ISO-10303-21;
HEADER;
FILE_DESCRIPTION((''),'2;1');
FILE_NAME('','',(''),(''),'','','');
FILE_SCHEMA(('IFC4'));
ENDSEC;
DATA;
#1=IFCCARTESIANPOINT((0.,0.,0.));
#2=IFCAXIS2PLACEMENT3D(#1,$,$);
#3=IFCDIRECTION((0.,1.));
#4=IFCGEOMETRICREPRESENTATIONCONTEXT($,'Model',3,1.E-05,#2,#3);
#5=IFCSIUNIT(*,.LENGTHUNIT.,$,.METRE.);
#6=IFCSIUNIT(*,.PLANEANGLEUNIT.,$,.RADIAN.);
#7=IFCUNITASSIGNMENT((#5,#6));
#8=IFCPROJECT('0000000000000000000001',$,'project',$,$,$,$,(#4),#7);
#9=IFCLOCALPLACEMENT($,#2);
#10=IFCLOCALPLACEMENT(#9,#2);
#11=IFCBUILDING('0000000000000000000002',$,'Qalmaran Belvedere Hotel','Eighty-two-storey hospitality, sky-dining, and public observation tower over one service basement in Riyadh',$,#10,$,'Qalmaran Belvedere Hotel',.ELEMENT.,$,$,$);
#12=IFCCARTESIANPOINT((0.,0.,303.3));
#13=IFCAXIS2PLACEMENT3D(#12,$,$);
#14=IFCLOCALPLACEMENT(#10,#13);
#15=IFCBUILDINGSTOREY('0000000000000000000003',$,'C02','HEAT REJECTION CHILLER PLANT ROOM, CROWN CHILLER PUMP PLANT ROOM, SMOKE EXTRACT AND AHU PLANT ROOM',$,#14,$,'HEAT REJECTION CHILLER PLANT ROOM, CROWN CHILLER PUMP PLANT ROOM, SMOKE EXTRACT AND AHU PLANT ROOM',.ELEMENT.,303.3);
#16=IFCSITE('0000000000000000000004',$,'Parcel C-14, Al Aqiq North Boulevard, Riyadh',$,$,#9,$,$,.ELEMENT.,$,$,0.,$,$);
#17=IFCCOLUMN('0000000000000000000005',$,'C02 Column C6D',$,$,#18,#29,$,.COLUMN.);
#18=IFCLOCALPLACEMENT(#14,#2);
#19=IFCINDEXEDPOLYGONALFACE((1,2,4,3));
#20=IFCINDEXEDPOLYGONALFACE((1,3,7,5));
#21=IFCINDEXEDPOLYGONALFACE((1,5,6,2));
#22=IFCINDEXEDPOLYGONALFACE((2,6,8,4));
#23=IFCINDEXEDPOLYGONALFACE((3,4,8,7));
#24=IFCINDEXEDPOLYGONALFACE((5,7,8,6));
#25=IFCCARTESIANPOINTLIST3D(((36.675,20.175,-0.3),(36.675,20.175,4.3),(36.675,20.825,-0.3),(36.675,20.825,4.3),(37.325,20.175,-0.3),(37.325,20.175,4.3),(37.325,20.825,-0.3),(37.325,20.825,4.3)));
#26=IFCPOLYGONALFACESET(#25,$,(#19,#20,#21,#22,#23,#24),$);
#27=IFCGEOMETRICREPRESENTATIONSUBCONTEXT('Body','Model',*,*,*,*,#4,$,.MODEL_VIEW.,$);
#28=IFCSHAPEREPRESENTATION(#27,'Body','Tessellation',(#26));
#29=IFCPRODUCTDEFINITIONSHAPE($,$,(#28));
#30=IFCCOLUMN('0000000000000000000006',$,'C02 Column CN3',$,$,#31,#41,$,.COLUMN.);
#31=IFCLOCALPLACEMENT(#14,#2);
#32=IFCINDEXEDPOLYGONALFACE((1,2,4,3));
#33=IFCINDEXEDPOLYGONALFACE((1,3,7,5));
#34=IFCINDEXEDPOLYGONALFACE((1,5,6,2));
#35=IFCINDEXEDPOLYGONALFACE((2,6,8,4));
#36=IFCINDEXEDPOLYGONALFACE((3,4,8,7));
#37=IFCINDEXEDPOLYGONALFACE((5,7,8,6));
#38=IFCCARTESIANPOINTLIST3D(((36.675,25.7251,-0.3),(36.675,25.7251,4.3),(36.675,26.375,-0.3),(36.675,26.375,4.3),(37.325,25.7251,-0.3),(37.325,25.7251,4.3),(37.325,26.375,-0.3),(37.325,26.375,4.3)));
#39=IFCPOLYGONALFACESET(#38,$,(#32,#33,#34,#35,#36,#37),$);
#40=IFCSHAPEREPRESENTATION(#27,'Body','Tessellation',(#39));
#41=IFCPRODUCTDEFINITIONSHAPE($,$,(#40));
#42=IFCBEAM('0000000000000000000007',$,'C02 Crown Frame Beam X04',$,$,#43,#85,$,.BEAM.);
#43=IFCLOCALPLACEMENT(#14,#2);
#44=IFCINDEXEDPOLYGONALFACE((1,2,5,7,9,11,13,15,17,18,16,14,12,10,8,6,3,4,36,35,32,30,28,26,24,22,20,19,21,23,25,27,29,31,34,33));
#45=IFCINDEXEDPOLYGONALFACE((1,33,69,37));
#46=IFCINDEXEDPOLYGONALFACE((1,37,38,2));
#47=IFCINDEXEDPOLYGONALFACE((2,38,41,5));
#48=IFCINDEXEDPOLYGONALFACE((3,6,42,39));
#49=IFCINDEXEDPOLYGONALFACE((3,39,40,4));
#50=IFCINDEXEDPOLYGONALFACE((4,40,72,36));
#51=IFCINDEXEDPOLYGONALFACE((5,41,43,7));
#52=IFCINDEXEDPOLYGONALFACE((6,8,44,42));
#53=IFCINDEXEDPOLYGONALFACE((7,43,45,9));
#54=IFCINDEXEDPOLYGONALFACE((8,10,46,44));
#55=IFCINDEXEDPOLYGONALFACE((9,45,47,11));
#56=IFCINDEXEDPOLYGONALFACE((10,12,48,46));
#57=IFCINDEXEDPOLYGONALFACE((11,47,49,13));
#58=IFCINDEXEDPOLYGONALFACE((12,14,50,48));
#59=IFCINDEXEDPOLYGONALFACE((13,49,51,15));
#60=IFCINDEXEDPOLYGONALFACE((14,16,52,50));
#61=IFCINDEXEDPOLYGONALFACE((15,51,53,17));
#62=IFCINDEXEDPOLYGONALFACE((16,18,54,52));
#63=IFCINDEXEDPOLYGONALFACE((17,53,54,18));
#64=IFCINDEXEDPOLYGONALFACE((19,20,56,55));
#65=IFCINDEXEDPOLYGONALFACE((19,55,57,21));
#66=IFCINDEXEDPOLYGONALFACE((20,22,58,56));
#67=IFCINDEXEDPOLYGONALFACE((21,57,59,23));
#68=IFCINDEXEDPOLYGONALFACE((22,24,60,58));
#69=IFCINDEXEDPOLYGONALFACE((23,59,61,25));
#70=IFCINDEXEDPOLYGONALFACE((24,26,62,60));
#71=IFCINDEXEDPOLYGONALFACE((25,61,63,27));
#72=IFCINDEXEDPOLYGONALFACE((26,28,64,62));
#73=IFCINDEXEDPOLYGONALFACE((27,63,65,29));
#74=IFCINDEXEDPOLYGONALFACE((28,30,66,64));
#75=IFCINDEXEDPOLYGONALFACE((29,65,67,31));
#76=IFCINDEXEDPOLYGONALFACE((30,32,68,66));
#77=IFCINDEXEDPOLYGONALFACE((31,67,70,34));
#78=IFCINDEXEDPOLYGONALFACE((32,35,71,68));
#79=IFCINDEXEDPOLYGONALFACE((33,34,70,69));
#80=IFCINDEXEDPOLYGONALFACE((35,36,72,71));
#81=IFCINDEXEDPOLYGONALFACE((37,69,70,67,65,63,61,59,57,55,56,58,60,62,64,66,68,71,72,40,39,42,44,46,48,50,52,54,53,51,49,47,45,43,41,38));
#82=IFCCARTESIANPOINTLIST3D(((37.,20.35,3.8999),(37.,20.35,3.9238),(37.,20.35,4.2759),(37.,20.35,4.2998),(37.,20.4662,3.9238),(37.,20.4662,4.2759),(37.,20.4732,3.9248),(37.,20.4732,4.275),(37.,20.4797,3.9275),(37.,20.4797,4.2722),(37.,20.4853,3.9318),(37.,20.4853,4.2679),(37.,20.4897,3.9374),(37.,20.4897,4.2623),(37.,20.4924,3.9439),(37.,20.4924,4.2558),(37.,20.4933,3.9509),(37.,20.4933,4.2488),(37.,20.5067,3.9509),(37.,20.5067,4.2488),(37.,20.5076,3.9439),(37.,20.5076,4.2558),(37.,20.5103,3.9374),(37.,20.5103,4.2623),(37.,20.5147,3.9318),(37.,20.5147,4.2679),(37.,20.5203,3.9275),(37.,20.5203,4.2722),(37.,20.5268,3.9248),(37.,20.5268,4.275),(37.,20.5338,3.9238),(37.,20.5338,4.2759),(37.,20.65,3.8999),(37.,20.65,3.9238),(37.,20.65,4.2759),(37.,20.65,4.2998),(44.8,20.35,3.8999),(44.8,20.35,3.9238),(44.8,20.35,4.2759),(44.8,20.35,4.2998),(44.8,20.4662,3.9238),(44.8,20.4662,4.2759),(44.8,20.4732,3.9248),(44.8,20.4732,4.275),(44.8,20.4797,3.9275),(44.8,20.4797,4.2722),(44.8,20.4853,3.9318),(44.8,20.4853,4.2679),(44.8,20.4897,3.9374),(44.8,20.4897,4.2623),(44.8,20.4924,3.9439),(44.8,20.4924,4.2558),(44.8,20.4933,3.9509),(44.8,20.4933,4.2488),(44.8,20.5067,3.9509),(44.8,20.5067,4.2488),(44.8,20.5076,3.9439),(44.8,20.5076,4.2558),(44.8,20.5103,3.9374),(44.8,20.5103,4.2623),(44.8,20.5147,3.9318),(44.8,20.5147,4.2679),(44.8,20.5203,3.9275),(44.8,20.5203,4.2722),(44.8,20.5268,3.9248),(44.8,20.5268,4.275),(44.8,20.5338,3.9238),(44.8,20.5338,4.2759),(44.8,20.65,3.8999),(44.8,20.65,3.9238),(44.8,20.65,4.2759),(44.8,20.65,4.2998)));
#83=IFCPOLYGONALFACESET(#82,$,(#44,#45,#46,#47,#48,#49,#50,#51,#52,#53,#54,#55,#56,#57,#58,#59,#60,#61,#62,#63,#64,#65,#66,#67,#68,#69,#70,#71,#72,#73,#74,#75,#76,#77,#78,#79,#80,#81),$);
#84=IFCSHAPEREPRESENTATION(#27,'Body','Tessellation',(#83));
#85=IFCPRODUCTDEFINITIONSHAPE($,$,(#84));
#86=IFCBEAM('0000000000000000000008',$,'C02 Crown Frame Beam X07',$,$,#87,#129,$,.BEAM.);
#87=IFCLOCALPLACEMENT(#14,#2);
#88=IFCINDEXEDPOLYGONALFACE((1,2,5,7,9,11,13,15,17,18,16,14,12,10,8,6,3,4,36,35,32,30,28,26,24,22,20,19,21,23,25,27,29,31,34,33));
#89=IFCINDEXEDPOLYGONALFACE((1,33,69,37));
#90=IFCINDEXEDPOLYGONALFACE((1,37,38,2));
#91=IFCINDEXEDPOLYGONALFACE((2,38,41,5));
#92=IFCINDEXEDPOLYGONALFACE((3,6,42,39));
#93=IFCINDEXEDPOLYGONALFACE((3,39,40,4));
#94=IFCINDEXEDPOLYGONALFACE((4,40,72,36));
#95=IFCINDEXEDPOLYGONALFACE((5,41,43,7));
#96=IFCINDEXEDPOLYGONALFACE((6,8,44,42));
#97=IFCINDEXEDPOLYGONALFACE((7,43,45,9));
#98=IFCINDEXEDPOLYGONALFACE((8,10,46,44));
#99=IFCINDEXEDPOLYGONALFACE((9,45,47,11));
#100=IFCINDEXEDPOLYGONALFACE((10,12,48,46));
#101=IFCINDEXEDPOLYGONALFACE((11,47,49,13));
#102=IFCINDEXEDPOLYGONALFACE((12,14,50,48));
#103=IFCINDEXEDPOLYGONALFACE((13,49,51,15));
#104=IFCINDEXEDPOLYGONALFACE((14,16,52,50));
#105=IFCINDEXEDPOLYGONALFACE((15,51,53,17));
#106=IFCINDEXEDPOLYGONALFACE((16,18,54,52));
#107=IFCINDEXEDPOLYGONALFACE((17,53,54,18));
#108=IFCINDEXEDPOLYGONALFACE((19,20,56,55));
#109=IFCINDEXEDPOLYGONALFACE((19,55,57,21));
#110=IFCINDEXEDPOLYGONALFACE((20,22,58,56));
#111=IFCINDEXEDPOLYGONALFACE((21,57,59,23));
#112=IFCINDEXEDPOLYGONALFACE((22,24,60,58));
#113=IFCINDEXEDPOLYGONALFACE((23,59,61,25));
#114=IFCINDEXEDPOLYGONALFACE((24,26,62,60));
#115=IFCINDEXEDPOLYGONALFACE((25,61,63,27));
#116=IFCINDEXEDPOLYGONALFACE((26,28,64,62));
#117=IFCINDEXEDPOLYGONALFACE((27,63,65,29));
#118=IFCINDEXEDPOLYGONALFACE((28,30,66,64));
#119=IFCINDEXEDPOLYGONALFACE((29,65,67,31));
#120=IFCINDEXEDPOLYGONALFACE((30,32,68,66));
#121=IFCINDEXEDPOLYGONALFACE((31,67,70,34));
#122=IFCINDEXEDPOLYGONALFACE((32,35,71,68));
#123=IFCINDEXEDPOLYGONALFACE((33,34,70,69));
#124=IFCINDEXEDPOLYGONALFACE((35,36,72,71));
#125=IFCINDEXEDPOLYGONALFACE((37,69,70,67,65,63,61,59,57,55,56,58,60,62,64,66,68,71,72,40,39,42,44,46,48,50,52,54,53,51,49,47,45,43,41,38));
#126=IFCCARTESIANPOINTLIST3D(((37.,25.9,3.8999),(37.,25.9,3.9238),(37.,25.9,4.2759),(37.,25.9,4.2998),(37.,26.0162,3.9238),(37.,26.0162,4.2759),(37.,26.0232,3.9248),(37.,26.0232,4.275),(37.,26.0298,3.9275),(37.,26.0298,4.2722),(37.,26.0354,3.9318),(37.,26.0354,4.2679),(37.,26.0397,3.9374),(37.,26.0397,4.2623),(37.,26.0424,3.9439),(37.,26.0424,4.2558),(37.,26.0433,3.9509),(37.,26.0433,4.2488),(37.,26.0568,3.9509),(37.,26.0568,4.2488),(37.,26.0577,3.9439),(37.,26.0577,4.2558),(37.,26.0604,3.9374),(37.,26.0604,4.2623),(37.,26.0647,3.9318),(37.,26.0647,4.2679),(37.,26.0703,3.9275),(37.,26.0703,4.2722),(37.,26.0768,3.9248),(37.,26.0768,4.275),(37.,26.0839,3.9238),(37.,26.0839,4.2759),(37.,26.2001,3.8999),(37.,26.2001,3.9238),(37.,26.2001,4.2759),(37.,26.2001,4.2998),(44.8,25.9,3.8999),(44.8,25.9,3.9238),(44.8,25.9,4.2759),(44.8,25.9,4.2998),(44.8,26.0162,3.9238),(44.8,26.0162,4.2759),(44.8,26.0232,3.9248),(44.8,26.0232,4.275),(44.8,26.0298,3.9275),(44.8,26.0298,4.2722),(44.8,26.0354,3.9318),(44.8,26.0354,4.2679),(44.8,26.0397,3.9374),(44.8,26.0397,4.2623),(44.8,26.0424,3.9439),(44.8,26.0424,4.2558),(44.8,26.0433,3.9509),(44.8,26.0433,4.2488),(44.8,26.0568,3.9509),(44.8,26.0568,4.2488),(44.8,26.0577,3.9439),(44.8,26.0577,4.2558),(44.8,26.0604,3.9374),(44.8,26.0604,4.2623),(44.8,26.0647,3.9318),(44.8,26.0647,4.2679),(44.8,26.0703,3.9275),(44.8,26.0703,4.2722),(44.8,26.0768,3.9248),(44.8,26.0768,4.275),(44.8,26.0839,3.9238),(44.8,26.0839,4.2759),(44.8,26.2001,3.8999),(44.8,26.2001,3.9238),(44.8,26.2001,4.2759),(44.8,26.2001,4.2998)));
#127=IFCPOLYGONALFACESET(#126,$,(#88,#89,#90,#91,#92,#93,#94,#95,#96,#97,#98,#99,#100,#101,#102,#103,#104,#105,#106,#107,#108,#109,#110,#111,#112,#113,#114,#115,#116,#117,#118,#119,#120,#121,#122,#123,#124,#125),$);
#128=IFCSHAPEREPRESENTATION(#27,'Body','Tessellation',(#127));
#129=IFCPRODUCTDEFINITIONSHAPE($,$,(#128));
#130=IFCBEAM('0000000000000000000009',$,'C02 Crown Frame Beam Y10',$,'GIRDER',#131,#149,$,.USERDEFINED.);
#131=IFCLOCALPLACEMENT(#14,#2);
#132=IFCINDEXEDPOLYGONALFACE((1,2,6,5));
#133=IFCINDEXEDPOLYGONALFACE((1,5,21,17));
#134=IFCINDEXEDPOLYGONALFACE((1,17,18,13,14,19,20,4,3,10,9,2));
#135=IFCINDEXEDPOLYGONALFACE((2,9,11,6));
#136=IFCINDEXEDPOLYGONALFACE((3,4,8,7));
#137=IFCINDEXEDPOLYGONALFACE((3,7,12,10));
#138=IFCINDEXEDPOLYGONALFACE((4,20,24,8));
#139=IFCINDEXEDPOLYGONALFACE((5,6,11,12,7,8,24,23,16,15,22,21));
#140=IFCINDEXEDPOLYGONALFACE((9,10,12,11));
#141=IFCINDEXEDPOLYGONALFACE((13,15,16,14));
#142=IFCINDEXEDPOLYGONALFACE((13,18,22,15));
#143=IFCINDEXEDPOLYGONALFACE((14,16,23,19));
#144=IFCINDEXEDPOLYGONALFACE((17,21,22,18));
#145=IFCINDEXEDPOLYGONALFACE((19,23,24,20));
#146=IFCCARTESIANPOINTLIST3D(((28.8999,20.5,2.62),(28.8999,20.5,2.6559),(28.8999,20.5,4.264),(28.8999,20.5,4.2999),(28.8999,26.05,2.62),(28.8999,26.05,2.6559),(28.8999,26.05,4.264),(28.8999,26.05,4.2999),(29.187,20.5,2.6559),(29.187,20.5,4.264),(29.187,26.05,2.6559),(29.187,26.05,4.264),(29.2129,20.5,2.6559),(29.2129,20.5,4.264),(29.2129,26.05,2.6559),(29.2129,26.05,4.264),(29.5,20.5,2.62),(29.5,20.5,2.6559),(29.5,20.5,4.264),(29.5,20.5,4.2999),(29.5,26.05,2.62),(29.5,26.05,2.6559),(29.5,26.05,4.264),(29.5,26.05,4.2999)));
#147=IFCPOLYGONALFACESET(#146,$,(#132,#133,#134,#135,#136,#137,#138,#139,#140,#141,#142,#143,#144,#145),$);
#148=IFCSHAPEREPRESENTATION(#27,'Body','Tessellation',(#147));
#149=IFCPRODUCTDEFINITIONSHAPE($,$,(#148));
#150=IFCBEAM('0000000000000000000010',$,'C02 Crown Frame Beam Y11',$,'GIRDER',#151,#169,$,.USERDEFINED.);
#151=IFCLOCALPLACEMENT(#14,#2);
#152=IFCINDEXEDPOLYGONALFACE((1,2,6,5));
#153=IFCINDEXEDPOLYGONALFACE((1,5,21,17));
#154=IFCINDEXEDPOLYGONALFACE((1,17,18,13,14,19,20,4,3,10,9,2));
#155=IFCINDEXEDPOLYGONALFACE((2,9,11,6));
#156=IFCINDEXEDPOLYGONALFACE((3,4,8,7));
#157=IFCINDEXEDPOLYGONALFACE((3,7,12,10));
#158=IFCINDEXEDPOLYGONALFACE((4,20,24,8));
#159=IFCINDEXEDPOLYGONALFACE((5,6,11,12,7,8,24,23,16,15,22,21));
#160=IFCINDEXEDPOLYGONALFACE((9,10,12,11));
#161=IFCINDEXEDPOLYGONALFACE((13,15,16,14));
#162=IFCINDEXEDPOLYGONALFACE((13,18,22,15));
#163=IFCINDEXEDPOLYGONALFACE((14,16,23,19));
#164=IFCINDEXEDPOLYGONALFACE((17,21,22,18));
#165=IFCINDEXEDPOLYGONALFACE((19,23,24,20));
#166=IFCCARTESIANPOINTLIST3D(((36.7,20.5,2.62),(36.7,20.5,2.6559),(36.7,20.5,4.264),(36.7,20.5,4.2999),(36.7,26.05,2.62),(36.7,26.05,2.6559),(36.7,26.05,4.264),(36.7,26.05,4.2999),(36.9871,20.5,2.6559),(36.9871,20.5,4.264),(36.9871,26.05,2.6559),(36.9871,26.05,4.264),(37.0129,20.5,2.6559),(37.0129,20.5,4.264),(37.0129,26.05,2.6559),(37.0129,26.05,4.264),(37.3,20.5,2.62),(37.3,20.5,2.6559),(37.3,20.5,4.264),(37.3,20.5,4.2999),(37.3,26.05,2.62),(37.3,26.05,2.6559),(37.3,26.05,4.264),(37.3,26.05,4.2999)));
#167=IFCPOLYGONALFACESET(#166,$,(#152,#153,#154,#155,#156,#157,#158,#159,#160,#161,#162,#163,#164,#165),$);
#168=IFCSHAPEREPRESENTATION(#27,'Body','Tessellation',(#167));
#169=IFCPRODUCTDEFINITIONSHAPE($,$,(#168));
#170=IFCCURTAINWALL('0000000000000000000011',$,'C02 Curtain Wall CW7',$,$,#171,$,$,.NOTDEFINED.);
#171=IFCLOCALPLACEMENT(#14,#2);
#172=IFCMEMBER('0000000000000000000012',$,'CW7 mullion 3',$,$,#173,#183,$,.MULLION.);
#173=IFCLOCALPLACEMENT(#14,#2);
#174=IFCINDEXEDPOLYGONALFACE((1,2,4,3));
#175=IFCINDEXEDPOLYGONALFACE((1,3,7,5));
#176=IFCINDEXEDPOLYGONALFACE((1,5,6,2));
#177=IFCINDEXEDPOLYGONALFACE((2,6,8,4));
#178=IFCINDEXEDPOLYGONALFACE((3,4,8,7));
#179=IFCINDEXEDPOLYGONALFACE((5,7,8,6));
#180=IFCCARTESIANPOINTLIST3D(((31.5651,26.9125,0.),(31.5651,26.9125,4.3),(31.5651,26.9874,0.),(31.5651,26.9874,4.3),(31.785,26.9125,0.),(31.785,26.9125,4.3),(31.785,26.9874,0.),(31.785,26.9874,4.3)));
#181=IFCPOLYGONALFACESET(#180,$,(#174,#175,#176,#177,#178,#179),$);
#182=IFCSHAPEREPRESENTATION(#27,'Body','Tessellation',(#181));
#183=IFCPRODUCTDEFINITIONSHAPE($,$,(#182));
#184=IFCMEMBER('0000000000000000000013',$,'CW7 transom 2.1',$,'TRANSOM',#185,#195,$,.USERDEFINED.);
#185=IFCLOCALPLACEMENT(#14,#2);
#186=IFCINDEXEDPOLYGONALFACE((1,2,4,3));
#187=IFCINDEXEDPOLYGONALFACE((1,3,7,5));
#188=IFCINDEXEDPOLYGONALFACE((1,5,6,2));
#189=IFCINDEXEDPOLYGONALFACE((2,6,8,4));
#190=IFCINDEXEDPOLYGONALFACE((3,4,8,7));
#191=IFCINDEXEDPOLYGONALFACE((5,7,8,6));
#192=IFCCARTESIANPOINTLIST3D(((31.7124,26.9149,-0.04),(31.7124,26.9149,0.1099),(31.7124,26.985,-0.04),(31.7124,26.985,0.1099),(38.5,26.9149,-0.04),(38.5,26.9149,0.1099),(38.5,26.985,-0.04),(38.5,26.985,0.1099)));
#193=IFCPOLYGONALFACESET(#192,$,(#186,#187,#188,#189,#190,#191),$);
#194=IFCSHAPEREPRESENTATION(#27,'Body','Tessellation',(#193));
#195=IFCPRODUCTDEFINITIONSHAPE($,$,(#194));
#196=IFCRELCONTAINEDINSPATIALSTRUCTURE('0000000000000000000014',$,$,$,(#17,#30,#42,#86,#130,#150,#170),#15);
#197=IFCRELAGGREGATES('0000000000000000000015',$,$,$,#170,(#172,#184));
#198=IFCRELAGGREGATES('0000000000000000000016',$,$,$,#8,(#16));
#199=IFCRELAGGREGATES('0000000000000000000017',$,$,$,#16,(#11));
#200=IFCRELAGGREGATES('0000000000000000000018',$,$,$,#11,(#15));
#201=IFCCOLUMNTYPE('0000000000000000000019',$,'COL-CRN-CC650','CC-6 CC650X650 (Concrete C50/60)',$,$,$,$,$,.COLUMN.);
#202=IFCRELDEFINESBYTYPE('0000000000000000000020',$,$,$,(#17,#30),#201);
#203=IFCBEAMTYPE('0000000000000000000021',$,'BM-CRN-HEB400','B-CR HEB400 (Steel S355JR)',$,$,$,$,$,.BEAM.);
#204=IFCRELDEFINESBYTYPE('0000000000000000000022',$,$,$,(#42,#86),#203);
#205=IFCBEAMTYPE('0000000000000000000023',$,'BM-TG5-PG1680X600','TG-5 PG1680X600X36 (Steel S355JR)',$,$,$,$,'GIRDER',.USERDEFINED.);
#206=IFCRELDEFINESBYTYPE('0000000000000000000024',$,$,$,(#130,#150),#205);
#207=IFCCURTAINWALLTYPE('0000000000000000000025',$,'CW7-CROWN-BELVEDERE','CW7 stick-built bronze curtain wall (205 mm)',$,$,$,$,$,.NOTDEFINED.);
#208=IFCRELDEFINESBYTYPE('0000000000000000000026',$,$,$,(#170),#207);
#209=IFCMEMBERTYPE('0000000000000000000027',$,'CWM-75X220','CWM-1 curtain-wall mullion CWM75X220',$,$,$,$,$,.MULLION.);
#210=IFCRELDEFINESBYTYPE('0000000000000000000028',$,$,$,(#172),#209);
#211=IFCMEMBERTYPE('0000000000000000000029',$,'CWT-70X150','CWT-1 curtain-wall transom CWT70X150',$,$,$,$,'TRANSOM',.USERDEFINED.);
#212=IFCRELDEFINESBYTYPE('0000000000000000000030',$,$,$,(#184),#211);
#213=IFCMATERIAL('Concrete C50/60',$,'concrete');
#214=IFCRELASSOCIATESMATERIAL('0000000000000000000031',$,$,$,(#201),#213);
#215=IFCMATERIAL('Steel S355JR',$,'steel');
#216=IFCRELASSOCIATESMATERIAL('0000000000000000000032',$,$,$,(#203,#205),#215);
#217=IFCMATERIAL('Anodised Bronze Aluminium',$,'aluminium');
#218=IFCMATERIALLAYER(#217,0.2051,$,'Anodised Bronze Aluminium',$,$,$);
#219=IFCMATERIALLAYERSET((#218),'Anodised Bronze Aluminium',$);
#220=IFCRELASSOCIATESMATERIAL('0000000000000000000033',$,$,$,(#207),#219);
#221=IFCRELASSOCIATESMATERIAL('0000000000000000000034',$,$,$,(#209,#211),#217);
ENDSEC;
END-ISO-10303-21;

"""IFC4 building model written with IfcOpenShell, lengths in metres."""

from ifc_helpers import new_model, si_unit, direction, frame, origin, origin_2d, place, context, subcontext, project, spatial, rectangle, i_section, extrude, material, layer, layer_set, material_profile, profile_set, type_object, element, aggregate, save


model = new_model("IFC4")

# Units and contexts
model_context = context("Model", 3, precision=1e-05, world=origin(), true_north=direction((0.0, 1.0)))
body_context = subcontext(model_context, "Body", "Model", "MODEL_VIEW")
ifc_project = project(units=[si_unit("LENGTHUNIT", "METRE"), si_unit("PLANEANGLEUNIT", "RADIAN")], contexts=[model_context])

# Site, building, storey
site_placement = place(None, origin())
site = spatial("IfcSite", under=ifc_project, at=site_placement, Name="Parcel C-14, Al Aqiq North Boulevard, Riyadh", CompositionType="ELEMENT", RefElevation=0.0)
building_placement = place(site_placement, origin())
building = spatial("IfcBuilding", under=site, at=building_placement, Name="Qalmaran Belvedere Hotel", Description="Eighty-two-storey hospitality, sky-dining, and public observation tower over one service basement in Riyadh", LongName="Qalmaran Belvedere Hotel", CompositionType="ELEMENT")
storey_placement = place(building_placement, frame((0.0, 0.0, 303.3)))
storey = spatial("IfcBuildingStorey", under=building, at=storey_placement, Name="C02", Description="HEAT REJECTION CHILLER PLANT ROOM, CROWN CHILLER PUMP PLANT ROOM, SMOKE EXTRACT AND AHU PLANT ROOM", LongName="HEAT REJECTION CHILLER PLANT ROOM, CROWN CHILLER PUMP PLANT ROOM, SMOKE EXTRACT AND AHU PLANT ROOM", CompositionType="ELEMENT", Elevation=303.3)

# Columns
ifc_material_1 = material(Name="Concrete C50/60", Category="concrete")
ifc_material_profile_1 = material_profile(ifc_material_1, rectangle(XDim=0.6499, YDim=0.6499, at=origin_2d()), Name="CC650X650")
ifc_profile_set_1 = profile_set([ifc_material_profile_1], Name="Concrete C50/60")
column_type = type_object("IfcColumnType", Name="COL-CRN-CC650", Description="CC-6 CC650X650 (Concrete C50/60)", PredefinedType="COLUMN", material=ifc_profile_set_1)
for number, where, z_axis, x_axis, name in (
    (1, (37.0, 20.5, -0.3), (0.0, 0.0, 1.0), (1.0, 0.0, 0.0), "C02 Column C6D"),
    (2, (37.0, 26.05, -0.3), (0.0, 0.0, 1.0), (1.0, 0.0, 0.0), "C02 Column CN3"),
):
    element("IfcColumn", number, at=place(storey_placement, frame(where, z_axis=z_axis, x_axis=x_axis)), inside=storey, type_object=column_type, Name=name, PredefinedType="COLUMN", context=body_context, shape_type="SweptSolid", body=[
        extrude(rectangle(XDim=0.6499, YDim=0.6499, at=origin_2d()), origin(), (0.0, 0.0, 1.0), 4.6001),
    ])

# Beams
ifc_material_2 = material(Name="Steel S355JR", Category="steel")
ifc_material_profile_2 = material_profile(ifc_material_2, i_section(OverallWidth=0.3, OverallDepth=0.3999, WebThickness=0.0134, FlangeThickness=0.0239, FilletRadius=0.0271, at=origin_2d()), Name="HEB400")
ifc_profile_set_2 = profile_set([ifc_material_profile_2], Name="Steel S355JR")
beam_type_1 = type_object("IfcBeamType", Name="BM-CRN-HEB400", Description="B-CR HEB400 (Steel S355JR)", PredefinedType="BEAM", material=ifc_profile_set_2)
for number, where, z_axis, x_axis, name in (
    (3, (37.0, 20.5, 4.0999), (1.0, 0.0, 0.0), (0.0, 1.0, 0.0), "C02 Crown Frame Beam X04"),
    (4, (37.0, 26.05, 4.0999), (1.0, 0.0, 0.0), (0.0, 1.0, 0.0), "C02 Crown Frame Beam X07"),
):
    element("IfcBeam", number, at=place(storey_placement, frame(where, z_axis=z_axis, x_axis=x_axis)), inside=storey, type_object=beam_type_1, Name=name, PredefinedType="BEAM", context=body_context, shape_type="SweptSolid", body=[
        extrude(i_section(OverallWidth=0.3, OverallDepth=0.3999, WebThickness=0.0134, FlangeThickness=0.0239, FilletRadius=0.0271, at=origin_2d()), origin(), (0.0, 0.0, 1.0), 7.8),
    ])
ifc_material_profile_3 = material_profile(ifc_material_2, i_section(OverallWidth=0.6001, OverallDepth=1.6799, WebThickness=0.0259, FlangeThickness=0.0359, at=origin_2d()), Name="PG1680X600X36")
ifc_profile_set_3 = profile_set([ifc_material_profile_3], Name="Steel S355JR")
beam_type_2 = type_object("IfcBeamType", Name="BM-TG5-PG1680X600", Description="TG-5 PG1680X600X36 (Steel S355JR)", ElementType="GIRDER", PredefinedType="USERDEFINED", material=ifc_profile_set_3)
for number, where, z_axis, x_axis, name in (
    (5, (29.2, 20.5, 3.46), (0.0, 1.0, 0.0), (-1.0, 0.0, 0.0), "C02 Crown Frame Beam Y10"),
    (6, (37.0, 20.5, 3.46), (0.0, 1.0, 0.0), (-1.0, 0.0, 0.0), "C02 Crown Frame Beam Y11"),
):
    element("IfcBeam", number, at=place(storey_placement, frame(where, z_axis=z_axis, x_axis=x_axis)), inside=storey, type_object=beam_type_2, Name=name, ObjectType="GIRDER", PredefinedType="USERDEFINED", context=body_context, shape_type="SweptSolid", body=[
        extrude(i_section(OverallWidth=0.6001, OverallDepth=1.6799, WebThickness=0.0259, FlangeThickness=0.0359, at=origin_2d()), origin(), (0.0, 0.0, 1.0), 5.55),
    ])

# Curtain wall, members
ifc_material_3 = material(Name="Anodised Bronze Aluminium", Category="aluminium")
ifc_layer_1 = layer(ifc_material_3, 0.2051, Name="Anodised Bronze Aluminium")
ifc_layer_set_1 = layer_set([ifc_layer_1], Name="Anodised Bronze Aluminium")
curtain_wall_type = type_object("IfcCurtainWallType", Name="CW7-CROWN-BELVEDERE", Description="CW7 stick-built bronze curtain wall (205 mm)", PredefinedType="NOTDEFINED", material=ifc_layer_set_1)
curtain_wall_placement = place(storey_placement, origin())
curtain_wall = element("IfcCurtainWall", 7, at=curtain_wall_placement, inside=storey, type_object=curtain_wall_type, Name="C02 Curtain Wall CW7", PredefinedType="NOTDEFINED")
ifc_material_profile_4 = material_profile(ifc_material_3, rectangle(XDim=0.075, YDim=0.22, at=origin_2d()), Name="CWM75X220")
ifc_profile_set_4 = profile_set([ifc_material_profile_4], Name="Anodised Bronze Aluminium")
member_type_1 = type_object("IfcMemberType", Name="CWM-75X220", Description="CWM-1 curtain-wall mullion CWM75X220", PredefinedType="MULLION", material=ifc_profile_set_4)
member_1_placement = place(storey_placement, frame((31.675, 26.95, 0.0), z_axis=(0.0, 0.0, 1.0), x_axis=(0.0, -1.0, 0.0)))
member_1 = element("IfcMember", 8, at=member_1_placement, type_object=member_type_1, Name="CW7 mullion 3", PredefinedType="MULLION", context=body_context, shape_type="SweptSolid", body=[
    extrude(rectangle(XDim=0.075, YDim=0.22, at=origin_2d()), origin(), (0.0, 0.0, 1.0), 4.3),
])
ifc_material_profile_5 = material_profile(ifc_material_3, rectangle(XDim=0.0701, YDim=0.1499, at=origin_2d()), Name="CWT70X150")
ifc_profile_set_5 = profile_set([ifc_material_profile_5], Name="Anodised Bronze Aluminium")
member_type_2 = type_object("IfcMemberType", Name="CWT-70X150", Description="CWT-1 curtain-wall transom CWT70X150", ElementType="TRANSOM", PredefinedType="USERDEFINED", material=ifc_profile_set_5)
member_2_placement = place(storey_placement, frame((38.5, 26.95, 0.0349), z_axis=(-1.0, 0.0, 0.0), x_axis=(0.0, -1.0, 0.0)))
member_2 = element("IfcMember", 9, at=member_2_placement, type_object=member_type_2, Name="CW7 transom 2.1", ObjectType="TRANSOM", PredefinedType="USERDEFINED", context=body_context, shape_type="SweptSolid", body=[
    extrude(rectangle(XDim=0.0701, YDim=0.1499, at=origin_2d()), origin(), (0.0, 0.0, 1.0), 6.7876),
])
aggregate(curtain_wall, [member_1, member_2])

save(model, "model.ifc")
